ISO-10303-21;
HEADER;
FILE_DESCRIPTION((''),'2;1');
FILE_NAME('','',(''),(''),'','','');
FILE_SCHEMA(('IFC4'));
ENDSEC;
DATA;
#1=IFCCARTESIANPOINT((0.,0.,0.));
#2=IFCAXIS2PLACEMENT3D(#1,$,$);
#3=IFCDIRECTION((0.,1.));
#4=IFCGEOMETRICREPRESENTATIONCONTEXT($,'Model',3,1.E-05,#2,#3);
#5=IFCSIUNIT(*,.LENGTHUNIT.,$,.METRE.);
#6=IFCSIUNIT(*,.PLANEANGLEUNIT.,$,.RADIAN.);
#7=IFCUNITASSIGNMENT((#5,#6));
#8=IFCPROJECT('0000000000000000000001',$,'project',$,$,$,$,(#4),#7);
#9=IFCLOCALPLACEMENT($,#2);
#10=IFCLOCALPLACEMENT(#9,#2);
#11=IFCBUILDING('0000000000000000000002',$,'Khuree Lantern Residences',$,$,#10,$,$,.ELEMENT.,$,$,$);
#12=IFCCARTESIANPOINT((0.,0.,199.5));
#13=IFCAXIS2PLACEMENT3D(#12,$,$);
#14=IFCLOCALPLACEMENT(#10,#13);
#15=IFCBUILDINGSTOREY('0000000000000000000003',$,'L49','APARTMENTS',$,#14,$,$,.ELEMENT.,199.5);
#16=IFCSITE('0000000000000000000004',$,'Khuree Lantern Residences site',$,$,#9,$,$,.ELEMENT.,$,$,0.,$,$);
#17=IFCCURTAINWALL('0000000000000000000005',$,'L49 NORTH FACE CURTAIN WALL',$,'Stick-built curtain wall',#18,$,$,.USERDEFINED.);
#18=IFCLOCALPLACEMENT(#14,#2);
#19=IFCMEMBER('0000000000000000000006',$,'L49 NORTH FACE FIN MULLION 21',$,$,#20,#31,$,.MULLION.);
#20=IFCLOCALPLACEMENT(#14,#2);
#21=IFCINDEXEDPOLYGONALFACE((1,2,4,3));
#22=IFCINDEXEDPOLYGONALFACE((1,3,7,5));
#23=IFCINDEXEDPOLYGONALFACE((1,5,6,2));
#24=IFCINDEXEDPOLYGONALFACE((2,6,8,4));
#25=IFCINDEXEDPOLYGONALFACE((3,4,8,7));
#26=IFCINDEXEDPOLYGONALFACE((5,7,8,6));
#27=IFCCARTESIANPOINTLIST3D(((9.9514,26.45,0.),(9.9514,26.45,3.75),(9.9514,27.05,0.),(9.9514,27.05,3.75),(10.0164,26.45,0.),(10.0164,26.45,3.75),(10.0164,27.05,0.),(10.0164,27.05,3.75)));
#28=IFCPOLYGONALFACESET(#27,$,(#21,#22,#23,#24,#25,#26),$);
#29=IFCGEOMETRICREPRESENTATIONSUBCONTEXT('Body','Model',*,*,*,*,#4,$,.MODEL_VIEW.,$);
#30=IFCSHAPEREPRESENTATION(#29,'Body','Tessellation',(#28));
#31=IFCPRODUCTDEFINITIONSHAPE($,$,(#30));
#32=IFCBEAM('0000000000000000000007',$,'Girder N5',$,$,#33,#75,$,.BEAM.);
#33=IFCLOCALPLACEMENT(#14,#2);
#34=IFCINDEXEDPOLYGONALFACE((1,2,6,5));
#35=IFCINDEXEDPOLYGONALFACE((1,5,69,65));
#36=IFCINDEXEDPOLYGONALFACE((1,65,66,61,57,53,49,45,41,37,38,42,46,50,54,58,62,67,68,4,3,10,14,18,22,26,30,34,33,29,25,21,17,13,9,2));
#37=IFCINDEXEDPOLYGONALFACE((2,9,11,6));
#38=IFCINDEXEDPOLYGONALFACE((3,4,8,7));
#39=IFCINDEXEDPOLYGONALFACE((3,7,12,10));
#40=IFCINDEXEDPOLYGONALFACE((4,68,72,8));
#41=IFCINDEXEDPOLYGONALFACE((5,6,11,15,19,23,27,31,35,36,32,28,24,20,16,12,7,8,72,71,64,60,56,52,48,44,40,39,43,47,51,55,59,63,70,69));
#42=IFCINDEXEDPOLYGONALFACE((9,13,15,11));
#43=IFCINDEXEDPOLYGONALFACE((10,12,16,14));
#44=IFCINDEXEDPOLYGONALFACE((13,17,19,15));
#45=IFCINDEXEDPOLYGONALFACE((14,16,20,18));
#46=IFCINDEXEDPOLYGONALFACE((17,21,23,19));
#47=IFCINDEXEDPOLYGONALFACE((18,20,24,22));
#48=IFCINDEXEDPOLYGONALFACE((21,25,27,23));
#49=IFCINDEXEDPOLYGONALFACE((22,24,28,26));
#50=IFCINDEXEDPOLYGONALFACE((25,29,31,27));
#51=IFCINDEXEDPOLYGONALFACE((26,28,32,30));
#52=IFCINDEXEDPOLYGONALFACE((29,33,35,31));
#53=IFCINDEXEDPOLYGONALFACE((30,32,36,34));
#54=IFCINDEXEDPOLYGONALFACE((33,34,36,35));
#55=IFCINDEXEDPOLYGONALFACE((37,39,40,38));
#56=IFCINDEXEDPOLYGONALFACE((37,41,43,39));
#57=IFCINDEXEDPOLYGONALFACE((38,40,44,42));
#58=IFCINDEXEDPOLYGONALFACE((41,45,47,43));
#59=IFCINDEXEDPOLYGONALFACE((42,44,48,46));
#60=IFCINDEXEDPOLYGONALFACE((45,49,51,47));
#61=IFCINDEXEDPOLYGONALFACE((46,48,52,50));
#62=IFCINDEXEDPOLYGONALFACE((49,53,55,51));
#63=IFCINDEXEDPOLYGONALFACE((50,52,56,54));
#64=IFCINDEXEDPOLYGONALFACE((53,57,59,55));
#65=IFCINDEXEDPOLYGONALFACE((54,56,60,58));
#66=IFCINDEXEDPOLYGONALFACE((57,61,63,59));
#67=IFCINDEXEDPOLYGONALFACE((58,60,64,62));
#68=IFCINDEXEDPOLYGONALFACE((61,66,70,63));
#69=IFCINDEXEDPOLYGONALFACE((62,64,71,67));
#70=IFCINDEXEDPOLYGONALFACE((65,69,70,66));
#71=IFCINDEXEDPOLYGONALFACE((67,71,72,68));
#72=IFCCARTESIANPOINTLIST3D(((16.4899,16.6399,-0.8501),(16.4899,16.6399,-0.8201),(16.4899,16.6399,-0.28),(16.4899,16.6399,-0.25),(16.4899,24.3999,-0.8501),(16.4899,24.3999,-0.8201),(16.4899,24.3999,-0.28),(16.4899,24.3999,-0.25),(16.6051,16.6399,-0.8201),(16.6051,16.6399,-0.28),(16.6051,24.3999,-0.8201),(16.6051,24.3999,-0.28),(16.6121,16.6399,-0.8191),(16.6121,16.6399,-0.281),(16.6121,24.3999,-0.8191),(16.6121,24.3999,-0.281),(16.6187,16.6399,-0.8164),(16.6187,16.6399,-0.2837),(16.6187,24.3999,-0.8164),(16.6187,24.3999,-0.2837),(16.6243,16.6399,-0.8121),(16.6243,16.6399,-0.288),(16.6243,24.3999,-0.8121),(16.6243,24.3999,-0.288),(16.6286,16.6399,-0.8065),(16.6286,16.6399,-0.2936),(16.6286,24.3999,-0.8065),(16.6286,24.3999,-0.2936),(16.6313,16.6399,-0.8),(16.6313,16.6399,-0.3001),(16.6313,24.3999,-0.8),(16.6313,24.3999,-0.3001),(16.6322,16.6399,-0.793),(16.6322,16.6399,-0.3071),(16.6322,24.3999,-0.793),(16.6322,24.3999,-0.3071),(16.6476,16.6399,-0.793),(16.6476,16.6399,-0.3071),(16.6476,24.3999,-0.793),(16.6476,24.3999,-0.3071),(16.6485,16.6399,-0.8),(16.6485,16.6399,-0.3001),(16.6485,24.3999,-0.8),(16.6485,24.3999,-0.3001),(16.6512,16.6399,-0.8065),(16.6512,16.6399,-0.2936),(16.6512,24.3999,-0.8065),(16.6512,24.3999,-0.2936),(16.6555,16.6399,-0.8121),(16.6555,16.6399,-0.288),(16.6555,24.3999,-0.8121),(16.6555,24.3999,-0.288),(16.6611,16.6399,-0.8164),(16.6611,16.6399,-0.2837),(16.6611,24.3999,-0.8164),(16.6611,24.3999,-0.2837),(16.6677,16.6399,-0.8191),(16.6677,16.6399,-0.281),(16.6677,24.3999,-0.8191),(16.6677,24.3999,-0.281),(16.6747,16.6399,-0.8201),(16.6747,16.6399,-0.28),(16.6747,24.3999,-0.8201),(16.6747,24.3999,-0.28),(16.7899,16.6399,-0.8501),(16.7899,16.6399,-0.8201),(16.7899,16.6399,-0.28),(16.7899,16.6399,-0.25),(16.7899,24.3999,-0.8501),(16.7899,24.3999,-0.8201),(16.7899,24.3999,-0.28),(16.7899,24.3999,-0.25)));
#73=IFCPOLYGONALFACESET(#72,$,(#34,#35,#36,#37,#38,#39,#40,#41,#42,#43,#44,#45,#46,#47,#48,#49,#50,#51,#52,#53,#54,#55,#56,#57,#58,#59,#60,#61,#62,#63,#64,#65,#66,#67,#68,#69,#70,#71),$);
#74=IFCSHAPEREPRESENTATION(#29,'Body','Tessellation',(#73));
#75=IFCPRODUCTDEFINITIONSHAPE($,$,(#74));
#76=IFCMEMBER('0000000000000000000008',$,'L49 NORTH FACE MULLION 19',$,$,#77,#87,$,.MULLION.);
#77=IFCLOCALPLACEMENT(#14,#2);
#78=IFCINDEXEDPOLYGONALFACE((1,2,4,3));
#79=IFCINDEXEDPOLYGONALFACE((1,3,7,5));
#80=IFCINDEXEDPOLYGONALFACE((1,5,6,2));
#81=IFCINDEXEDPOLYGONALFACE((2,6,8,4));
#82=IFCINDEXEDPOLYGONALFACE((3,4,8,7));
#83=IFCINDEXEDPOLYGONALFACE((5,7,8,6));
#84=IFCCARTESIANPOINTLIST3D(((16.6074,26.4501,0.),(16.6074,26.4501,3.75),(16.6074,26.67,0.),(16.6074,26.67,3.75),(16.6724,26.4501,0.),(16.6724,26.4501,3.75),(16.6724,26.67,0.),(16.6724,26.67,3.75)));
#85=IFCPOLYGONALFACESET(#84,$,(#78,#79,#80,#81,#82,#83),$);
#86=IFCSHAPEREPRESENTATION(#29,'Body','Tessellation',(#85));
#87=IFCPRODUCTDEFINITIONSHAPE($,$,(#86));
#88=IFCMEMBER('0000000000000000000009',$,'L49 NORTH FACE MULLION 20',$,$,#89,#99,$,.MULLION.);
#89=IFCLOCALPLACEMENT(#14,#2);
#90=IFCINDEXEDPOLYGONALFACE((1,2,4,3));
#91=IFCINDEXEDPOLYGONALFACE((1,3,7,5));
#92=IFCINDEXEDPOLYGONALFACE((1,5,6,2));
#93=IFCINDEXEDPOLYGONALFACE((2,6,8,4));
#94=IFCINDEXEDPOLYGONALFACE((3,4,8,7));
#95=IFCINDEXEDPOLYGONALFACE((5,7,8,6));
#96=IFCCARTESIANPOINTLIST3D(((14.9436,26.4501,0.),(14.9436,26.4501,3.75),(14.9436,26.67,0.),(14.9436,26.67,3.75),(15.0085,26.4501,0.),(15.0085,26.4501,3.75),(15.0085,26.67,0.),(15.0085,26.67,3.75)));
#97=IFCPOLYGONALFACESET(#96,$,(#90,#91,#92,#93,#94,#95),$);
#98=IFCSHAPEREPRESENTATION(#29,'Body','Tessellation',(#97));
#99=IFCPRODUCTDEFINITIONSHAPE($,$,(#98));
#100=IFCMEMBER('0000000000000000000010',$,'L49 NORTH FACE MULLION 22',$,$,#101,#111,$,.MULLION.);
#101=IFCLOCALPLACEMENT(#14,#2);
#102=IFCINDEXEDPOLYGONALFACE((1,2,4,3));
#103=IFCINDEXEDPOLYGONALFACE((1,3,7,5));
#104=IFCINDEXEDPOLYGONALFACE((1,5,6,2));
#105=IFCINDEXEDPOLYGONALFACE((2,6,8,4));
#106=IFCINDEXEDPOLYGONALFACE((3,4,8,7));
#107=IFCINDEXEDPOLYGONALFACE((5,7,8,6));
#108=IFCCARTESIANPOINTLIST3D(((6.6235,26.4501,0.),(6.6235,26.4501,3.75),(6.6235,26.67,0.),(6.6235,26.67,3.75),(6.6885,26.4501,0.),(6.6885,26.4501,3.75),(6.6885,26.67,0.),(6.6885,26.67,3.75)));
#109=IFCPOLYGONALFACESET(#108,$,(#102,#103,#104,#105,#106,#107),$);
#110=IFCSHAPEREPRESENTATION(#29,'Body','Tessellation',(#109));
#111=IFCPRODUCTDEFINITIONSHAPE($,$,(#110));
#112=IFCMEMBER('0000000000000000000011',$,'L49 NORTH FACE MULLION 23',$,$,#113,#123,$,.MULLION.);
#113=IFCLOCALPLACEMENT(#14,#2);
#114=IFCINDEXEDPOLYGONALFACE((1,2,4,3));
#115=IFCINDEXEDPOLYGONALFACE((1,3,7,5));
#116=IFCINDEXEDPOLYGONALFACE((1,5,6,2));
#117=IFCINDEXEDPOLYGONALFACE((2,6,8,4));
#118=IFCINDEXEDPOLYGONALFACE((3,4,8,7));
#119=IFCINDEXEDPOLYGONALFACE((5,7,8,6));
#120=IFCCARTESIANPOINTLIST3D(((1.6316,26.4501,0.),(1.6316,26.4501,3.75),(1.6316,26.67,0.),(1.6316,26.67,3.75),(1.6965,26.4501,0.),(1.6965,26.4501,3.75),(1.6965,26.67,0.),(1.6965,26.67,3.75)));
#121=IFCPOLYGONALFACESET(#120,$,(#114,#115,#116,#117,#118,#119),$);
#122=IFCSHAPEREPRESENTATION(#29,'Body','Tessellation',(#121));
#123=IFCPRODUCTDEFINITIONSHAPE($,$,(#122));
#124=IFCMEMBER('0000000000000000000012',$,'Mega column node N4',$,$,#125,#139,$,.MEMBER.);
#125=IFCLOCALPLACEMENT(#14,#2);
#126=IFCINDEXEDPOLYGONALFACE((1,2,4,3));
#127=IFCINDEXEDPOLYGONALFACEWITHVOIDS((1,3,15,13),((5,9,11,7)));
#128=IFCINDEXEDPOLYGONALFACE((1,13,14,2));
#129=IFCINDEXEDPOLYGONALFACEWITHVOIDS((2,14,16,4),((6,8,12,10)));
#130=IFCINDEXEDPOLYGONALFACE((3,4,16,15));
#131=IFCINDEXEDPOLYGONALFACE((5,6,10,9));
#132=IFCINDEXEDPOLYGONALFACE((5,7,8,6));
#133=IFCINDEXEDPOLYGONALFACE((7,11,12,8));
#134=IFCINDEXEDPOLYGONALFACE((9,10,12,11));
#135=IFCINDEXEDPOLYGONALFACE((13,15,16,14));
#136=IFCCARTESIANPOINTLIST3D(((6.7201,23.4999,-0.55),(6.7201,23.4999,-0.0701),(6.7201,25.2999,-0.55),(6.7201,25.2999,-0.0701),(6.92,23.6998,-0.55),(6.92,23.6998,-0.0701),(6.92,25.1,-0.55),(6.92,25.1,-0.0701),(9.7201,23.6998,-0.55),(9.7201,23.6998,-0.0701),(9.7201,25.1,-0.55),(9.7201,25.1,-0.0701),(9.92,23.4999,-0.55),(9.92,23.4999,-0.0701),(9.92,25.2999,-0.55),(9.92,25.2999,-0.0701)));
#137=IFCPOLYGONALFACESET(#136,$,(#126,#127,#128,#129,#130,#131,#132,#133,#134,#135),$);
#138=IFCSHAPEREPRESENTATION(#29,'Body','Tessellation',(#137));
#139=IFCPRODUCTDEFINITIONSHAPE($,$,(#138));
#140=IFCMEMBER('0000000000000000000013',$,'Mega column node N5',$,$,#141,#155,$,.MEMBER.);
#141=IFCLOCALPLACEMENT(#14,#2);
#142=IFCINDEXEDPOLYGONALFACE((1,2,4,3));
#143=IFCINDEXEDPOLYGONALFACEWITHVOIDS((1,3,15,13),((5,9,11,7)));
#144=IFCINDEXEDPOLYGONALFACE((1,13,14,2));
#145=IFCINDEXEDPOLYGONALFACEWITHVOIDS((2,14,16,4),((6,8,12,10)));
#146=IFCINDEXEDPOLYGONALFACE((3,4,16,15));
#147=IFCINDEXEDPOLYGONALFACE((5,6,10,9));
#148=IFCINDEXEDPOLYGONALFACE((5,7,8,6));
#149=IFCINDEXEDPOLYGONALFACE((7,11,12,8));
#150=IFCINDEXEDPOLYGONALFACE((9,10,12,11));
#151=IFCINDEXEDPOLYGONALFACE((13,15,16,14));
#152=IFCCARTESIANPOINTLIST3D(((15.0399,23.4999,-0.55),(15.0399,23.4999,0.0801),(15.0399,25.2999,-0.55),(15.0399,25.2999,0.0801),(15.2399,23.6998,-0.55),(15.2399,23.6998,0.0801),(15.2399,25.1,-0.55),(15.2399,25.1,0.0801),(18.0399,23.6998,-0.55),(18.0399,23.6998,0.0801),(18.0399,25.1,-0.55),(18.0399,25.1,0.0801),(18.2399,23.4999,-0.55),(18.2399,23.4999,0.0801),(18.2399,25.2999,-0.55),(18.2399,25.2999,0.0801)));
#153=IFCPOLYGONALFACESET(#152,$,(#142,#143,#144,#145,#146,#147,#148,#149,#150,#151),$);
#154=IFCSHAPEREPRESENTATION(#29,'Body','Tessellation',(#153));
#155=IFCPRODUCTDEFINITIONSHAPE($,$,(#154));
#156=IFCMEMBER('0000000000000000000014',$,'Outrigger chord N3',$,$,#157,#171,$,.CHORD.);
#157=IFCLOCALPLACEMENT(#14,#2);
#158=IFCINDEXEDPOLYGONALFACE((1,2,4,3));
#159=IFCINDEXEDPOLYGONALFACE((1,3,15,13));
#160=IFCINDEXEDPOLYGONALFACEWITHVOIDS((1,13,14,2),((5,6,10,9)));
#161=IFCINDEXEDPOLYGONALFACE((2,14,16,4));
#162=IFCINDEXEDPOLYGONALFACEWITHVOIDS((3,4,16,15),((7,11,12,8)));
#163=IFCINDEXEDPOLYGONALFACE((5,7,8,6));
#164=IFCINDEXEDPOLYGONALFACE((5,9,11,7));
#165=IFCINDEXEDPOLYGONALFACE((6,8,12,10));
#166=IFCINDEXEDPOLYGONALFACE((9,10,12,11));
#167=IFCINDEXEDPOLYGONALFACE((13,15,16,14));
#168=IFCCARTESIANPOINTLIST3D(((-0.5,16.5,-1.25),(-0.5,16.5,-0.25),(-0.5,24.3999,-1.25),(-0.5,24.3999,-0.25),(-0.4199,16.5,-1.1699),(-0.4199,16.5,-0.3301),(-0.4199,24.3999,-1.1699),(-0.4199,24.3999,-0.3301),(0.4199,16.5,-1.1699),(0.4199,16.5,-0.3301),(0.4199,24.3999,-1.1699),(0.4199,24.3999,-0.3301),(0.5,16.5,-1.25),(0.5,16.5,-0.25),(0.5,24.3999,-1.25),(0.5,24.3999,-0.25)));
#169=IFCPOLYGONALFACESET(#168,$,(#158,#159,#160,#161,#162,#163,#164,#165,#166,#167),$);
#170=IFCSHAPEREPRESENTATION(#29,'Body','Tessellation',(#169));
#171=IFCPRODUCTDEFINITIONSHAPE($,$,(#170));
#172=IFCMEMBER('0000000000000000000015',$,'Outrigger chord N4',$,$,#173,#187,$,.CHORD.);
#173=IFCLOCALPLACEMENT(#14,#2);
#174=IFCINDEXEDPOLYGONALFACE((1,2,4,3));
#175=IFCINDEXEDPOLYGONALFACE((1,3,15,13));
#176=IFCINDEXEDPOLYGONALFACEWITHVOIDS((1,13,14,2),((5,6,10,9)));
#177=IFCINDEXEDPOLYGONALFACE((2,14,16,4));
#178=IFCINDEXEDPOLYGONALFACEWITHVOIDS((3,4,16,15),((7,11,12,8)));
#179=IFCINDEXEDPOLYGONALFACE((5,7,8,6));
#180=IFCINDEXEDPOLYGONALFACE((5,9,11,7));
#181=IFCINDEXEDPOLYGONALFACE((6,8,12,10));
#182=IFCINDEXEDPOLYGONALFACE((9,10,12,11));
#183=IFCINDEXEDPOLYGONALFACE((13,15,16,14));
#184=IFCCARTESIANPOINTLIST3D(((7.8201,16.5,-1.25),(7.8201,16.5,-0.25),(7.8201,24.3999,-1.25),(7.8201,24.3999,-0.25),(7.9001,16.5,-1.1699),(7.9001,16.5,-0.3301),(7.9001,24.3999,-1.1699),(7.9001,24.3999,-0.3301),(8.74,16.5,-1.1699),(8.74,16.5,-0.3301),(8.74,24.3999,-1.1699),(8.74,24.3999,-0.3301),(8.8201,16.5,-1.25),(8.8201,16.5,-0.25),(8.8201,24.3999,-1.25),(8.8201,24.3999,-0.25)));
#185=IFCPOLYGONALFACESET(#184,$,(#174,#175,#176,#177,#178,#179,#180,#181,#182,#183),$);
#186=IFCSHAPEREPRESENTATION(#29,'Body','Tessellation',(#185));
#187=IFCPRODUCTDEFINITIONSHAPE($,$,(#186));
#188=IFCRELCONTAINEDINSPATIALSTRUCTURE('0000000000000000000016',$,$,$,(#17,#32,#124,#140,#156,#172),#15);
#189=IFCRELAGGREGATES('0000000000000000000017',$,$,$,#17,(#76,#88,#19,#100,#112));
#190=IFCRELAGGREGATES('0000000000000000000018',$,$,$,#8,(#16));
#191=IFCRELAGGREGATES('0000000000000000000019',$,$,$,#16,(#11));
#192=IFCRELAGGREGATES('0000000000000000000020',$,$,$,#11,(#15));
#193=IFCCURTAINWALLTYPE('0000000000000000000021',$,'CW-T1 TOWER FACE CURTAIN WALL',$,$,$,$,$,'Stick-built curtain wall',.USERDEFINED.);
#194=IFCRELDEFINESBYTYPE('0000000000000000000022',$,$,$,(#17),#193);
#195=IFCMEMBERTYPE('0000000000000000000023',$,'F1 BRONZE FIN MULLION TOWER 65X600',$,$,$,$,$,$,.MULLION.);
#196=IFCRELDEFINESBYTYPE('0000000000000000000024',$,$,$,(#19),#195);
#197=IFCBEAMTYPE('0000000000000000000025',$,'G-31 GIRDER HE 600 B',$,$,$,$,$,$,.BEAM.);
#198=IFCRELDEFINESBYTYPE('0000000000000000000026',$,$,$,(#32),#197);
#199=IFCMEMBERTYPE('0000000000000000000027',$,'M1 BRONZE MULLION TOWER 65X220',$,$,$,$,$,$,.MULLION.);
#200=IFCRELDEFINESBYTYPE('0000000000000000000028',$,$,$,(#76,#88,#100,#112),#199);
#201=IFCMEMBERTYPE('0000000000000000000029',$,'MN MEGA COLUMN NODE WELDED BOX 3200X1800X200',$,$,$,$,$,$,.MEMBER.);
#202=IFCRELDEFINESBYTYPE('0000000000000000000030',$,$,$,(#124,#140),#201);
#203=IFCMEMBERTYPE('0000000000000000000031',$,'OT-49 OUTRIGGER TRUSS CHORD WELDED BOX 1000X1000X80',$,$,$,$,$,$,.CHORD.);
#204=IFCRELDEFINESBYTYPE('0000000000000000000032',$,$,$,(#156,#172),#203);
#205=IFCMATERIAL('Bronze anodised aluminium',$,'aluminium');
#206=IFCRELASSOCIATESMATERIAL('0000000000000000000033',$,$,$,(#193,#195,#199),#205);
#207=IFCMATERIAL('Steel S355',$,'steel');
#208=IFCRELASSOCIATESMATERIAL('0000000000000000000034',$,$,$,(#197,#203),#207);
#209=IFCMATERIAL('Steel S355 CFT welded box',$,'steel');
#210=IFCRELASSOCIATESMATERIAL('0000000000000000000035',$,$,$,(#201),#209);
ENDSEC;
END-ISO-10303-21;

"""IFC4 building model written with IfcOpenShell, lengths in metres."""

from ifc_helpers import new_model, si_unit, direction, frame, origin, origin_2d, place, context, subcontext, project, spatial, rectangle, hollow_rectangle, i_section, extrude, material, material_profile, profile_set, type_object, element, aggregate, save


model = new_model("IFC4")

# Units and contexts
model_context = context("Model", 3, precision=1e-05, world=origin(), true_north=direction((0.0, 1.0)))
body_context = subcontext(model_context, "Body", "Model", "MODEL_VIEW")
ifc_project = project(units=[si_unit("LENGTHUNIT", "METRE"), si_unit("PLANEANGLEUNIT", "RADIAN")], contexts=[model_context])

# Site, building, storey
site_placement = place(None, origin())
site = spatial("IfcSite", under=ifc_project, at=site_placement, Name="Khuree Lantern Residences site", CompositionType="ELEMENT", RefElevation=0.0)
building_placement = place(site_placement, origin())
building = spatial("IfcBuilding", under=site, at=building_placement, Name="Khuree Lantern Residences", CompositionType="ELEMENT")
storey_placement = place(building_placement, frame((0.0, 0.0, 199.5)))
storey = spatial("IfcBuildingStorey", under=building, at=storey_placement, Name="L49", Description="APARTMENTS", CompositionType="ELEMENT", Elevation=199.5)

# Shared definitions
ifc_material_1 = material(Name="Steel S355 CFT welded box", Category="steel")

# Shared definitions
ifc_material_2 = material(Name="Steel S355", Category="steel")

# Curtain wall, member
ifc_material_3 = material(Name="Bronze anodised aluminium", Category="aluminium")
curtain_wall_type = type_object("IfcCurtainWallType", Name="CW-T1 TOWER FACE CURTAIN WALL", ElementType="Stick-built curtain wall", PredefinedType="USERDEFINED", material=ifc_material_3)
curtain_wall_placement = place(storey_placement, origin())
curtain_wall = element("IfcCurtainWall", 1, at=curtain_wall_placement, inside=storey, type_object=curtain_wall_type, Name="L49 NORTH FACE CURTAIN WALL", ObjectType="Stick-built curtain wall", PredefinedType="USERDEFINED")
ifc_material_profile_1 = material_profile(ifc_material_3, rectangle(XDim=0.0649, YDim=0.6001, at=origin_2d()), Name="F1 65X600")
ifc_profile_set_1 = profile_set([ifc_material_profile_1], Name="Bronze anodised aluminium")
member_type_1 = type_object("IfcMemberType", Name="F1 BRONZE FIN MULLION TOWER 65X600", PredefinedType="MULLION", material=ifc_profile_set_1)
member_1_placement = place(storey_placement, frame((9.9839, 26.75, 0.0), z_axis=(0.0, 0.0, 1.0), x_axis=(-1.0, 0.0, 0.0)))
member_1 = element("IfcMember", 2, at=member_1_placement, type_object=member_type_1, Name="L49 NORTH FACE FIN MULLION 21", PredefinedType="MULLION", context=body_context, shape_type="SweptSolid", body=[
    extrude(rectangle(XDim=0.0649, YDim=0.6001, at=origin_2d()), origin(), (0.0, 0.0, 1.0), 3.75),
])

# Beam
ifc_material_profile_2 = material_profile(ifc_material_2, i_section(OverallWidth=0.3, OverallDepth=0.6001, WebThickness=0.0154, FlangeThickness=0.03, FilletRadius=0.0271, at=origin_2d()), Name="HE 600 B")
ifc_profile_set_2 = profile_set([ifc_material_profile_2], Name="Steel S355")
beam_type_1 = type_object("IfcBeamType", Name="G-31 GIRDER HE 600 B", PredefinedType="BEAM", material=ifc_profile_set_2)
beam_1_placement = place(storey_placement, frame((16.6399, 24.3999, -0.55), z_axis=(0.0, -1.0, 0.0), x_axis=(1.0, 0.0, 0.0)))
element("IfcBeam", 3, at=beam_1_placement, inside=storey, type_object=beam_type_1, Name="Girder N5", PredefinedType="BEAM", context=body_context, shape_type="SweptSolid", body=[
    extrude(i_section(OverallWidth=0.3, OverallDepth=0.6001, WebThickness=0.0154, FlangeThickness=0.03, FilletRadius=0.0271, at=origin_2d()), origin(), (0.0, 0.0, 1.0), 7.76),
])

# Members
ifc_material_profile_3 = material_profile(ifc_material_3, rectangle(XDim=0.0649, YDim=0.22, at=origin_2d()), Name="M1 65X220")
ifc_profile_set_3 = profile_set([ifc_material_profile_3], Name="Bronze anodised aluminium")
member_type_2 = type_object("IfcMemberType", Name="M1 BRONZE MULLION TOWER 65X220", PredefinedType="MULLION", material=ifc_profile_set_3)
member_2_placement = place(storey_placement, frame((16.6399, 26.5601, 0.0), z_axis=(0.0, 0.0, 1.0), x_axis=(-1.0, 0.0, 0.0)))
member_2 = element("IfcMember", 4, at=member_2_placement, type_object=member_type_2, Name="L49 NORTH FACE MULLION 19", PredefinedType="MULLION", context=body_context, shape_type="SweptSolid", body=[
    extrude(rectangle(XDim=0.0649, YDim=0.22, at=origin_2d()), origin(), (0.0, 0.0, 1.0), 3.75),
])
member_3_placement = place(storey_placement, frame((14.9761, 26.5601, 0.0), z_axis=(0.0, 0.0, 1.0), x_axis=(-1.0, 0.0, 0.0)))
member_3 = element("IfcMember", 5, at=member_3_placement, type_object=member_type_2, Name="L49 NORTH FACE MULLION 20", PredefinedType="MULLION", context=body_context, shape_type="SweptSolid", body=[
    extrude(rectangle(XDim=0.0649, YDim=0.22, at=origin_2d()), origin(), (0.0, 0.0, 1.0), 3.75),
])
member_4_placement = place(storey_placement, frame((6.656, 26.5601, 0.0), z_axis=(0.0, 0.0, 1.0), x_axis=(-1.0, 0.0, 0.0)))
member_4 = element("IfcMember", 6, at=member_4_placement, type_object=member_type_2, Name="L49 NORTH FACE MULLION 22", PredefinedType="MULLION", context=body_context, shape_type="SweptSolid", body=[
    extrude(rectangle(XDim=0.0649, YDim=0.22, at=origin_2d()), origin(), (0.0, 0.0, 1.0), 3.75),
])
member_5_placement = place(storey_placement, frame((1.6641, 26.5601, 0.0), z_axis=(0.0, 0.0, 1.0), x_axis=(-1.0, 0.0, 0.0)))
member_5 = element("IfcMember", 7, at=member_5_placement, type_object=member_type_2, Name="L49 NORTH FACE MULLION 23", PredefinedType="MULLION", context=body_context, shape_type="SweptSolid", body=[
    extrude(rectangle(XDim=0.0649, YDim=0.22, at=origin_2d()), origin(), (0.0, 0.0, 1.0), 3.75),
])

# Members
ifc_material_profile_4 = material_profile(ifc_material_1, hollow_rectangle(XDim=3.2, YDim=1.8, WallThickness=0.2, at=origin_2d()), Name="WELDED BOX 3200X1800X200")
ifc_profile_set_4 = profile_set([ifc_material_profile_4], Name="Steel S355 CFT welded box")
member_type_3 = type_object("IfcMemberType", Name="MN MEGA COLUMN NODE WELDED BOX 3200X1800X200", PredefinedType="MEMBER", material=ifc_profile_set_4)
member_6_placement = place(storey_placement, frame((8.3201, 24.3999, -0.55), z_axis=(0.0, 0.0, 1.0), x_axis=(1.0, 0.0, 0.0)))
element("IfcMember", 8, at=member_6_placement, inside=storey, type_object=member_type_3, Name="Mega column node N4", PredefinedType="MEMBER", context=body_context, shape_type="SweptSolid", body=[
    extrude(hollow_rectangle(XDim=3.2, YDim=1.8, WallThickness=0.2, at=origin_2d()), origin(), (0.0, 0.0, 1.0), 0.48),
])
member_7_placement = place(storey_placement, frame((16.6399, 24.3999, -0.55), z_axis=(0.0, 0.0, 1.0), x_axis=(1.0, 0.0, 0.0)))
element("IfcMember", 9, at=member_7_placement, inside=storey, type_object=member_type_3, Name="Mega column node N5", PredefinedType="MEMBER", context=body_context, shape_type="SweptSolid", body=[
    extrude(hollow_rectangle(XDim=3.2, YDim=1.8, WallThickness=0.2, at=origin_2d()), origin(), (0.0, 0.0, 1.0), 0.6301),
])
ifc_material_profile_5 = material_profile(ifc_material_2, hollow_rectangle(XDim=1.0, YDim=1.0, WallThickness=0.0801, at=origin_2d()), Name="WELDED BOX 1000X1000X80")
ifc_profile_set_5 = profile_set([ifc_material_profile_5], Name="Steel S355")
member_type_4 = type_object("IfcMemberType", Name="OT-49 OUTRIGGER TRUSS CHORD WELDED BOX 1000X1000X80", PredefinedType="CHORD", material=ifc_profile_set_5)
for number, where, z_axis, x_axis, name in (
    (10, (0.0, 24.3999, -0.75), (0.0, -1.0, 0.0), (1.0, 0.0, 0.0), "Outrigger chord N3"),
    (11, (8.3201, 24.3999, -0.75), (0.0, -1.0, 0.0), (1.0, 0.0, 0.0), "Outrigger chord N4"),
):
    element("IfcMember", number, at=place(storey_placement, frame(where, z_axis=z_axis, x_axis=x_axis)), inside=storey, type_object=member_type_4, Name=name, PredefinedType="CHORD", context=body_context, shape_type="SweptSolid", body=[
        extrude(hollow_rectangle(XDim=1.0, YDim=1.0, WallThickness=0.0801, at=origin_2d()), origin(), (0.0, 0.0, 1.0), 7.8999),
    ])

aggregate(curtain_wall, [member_2, member_3, member_1, member_4, member_5])

save(model, "model.ifc")
